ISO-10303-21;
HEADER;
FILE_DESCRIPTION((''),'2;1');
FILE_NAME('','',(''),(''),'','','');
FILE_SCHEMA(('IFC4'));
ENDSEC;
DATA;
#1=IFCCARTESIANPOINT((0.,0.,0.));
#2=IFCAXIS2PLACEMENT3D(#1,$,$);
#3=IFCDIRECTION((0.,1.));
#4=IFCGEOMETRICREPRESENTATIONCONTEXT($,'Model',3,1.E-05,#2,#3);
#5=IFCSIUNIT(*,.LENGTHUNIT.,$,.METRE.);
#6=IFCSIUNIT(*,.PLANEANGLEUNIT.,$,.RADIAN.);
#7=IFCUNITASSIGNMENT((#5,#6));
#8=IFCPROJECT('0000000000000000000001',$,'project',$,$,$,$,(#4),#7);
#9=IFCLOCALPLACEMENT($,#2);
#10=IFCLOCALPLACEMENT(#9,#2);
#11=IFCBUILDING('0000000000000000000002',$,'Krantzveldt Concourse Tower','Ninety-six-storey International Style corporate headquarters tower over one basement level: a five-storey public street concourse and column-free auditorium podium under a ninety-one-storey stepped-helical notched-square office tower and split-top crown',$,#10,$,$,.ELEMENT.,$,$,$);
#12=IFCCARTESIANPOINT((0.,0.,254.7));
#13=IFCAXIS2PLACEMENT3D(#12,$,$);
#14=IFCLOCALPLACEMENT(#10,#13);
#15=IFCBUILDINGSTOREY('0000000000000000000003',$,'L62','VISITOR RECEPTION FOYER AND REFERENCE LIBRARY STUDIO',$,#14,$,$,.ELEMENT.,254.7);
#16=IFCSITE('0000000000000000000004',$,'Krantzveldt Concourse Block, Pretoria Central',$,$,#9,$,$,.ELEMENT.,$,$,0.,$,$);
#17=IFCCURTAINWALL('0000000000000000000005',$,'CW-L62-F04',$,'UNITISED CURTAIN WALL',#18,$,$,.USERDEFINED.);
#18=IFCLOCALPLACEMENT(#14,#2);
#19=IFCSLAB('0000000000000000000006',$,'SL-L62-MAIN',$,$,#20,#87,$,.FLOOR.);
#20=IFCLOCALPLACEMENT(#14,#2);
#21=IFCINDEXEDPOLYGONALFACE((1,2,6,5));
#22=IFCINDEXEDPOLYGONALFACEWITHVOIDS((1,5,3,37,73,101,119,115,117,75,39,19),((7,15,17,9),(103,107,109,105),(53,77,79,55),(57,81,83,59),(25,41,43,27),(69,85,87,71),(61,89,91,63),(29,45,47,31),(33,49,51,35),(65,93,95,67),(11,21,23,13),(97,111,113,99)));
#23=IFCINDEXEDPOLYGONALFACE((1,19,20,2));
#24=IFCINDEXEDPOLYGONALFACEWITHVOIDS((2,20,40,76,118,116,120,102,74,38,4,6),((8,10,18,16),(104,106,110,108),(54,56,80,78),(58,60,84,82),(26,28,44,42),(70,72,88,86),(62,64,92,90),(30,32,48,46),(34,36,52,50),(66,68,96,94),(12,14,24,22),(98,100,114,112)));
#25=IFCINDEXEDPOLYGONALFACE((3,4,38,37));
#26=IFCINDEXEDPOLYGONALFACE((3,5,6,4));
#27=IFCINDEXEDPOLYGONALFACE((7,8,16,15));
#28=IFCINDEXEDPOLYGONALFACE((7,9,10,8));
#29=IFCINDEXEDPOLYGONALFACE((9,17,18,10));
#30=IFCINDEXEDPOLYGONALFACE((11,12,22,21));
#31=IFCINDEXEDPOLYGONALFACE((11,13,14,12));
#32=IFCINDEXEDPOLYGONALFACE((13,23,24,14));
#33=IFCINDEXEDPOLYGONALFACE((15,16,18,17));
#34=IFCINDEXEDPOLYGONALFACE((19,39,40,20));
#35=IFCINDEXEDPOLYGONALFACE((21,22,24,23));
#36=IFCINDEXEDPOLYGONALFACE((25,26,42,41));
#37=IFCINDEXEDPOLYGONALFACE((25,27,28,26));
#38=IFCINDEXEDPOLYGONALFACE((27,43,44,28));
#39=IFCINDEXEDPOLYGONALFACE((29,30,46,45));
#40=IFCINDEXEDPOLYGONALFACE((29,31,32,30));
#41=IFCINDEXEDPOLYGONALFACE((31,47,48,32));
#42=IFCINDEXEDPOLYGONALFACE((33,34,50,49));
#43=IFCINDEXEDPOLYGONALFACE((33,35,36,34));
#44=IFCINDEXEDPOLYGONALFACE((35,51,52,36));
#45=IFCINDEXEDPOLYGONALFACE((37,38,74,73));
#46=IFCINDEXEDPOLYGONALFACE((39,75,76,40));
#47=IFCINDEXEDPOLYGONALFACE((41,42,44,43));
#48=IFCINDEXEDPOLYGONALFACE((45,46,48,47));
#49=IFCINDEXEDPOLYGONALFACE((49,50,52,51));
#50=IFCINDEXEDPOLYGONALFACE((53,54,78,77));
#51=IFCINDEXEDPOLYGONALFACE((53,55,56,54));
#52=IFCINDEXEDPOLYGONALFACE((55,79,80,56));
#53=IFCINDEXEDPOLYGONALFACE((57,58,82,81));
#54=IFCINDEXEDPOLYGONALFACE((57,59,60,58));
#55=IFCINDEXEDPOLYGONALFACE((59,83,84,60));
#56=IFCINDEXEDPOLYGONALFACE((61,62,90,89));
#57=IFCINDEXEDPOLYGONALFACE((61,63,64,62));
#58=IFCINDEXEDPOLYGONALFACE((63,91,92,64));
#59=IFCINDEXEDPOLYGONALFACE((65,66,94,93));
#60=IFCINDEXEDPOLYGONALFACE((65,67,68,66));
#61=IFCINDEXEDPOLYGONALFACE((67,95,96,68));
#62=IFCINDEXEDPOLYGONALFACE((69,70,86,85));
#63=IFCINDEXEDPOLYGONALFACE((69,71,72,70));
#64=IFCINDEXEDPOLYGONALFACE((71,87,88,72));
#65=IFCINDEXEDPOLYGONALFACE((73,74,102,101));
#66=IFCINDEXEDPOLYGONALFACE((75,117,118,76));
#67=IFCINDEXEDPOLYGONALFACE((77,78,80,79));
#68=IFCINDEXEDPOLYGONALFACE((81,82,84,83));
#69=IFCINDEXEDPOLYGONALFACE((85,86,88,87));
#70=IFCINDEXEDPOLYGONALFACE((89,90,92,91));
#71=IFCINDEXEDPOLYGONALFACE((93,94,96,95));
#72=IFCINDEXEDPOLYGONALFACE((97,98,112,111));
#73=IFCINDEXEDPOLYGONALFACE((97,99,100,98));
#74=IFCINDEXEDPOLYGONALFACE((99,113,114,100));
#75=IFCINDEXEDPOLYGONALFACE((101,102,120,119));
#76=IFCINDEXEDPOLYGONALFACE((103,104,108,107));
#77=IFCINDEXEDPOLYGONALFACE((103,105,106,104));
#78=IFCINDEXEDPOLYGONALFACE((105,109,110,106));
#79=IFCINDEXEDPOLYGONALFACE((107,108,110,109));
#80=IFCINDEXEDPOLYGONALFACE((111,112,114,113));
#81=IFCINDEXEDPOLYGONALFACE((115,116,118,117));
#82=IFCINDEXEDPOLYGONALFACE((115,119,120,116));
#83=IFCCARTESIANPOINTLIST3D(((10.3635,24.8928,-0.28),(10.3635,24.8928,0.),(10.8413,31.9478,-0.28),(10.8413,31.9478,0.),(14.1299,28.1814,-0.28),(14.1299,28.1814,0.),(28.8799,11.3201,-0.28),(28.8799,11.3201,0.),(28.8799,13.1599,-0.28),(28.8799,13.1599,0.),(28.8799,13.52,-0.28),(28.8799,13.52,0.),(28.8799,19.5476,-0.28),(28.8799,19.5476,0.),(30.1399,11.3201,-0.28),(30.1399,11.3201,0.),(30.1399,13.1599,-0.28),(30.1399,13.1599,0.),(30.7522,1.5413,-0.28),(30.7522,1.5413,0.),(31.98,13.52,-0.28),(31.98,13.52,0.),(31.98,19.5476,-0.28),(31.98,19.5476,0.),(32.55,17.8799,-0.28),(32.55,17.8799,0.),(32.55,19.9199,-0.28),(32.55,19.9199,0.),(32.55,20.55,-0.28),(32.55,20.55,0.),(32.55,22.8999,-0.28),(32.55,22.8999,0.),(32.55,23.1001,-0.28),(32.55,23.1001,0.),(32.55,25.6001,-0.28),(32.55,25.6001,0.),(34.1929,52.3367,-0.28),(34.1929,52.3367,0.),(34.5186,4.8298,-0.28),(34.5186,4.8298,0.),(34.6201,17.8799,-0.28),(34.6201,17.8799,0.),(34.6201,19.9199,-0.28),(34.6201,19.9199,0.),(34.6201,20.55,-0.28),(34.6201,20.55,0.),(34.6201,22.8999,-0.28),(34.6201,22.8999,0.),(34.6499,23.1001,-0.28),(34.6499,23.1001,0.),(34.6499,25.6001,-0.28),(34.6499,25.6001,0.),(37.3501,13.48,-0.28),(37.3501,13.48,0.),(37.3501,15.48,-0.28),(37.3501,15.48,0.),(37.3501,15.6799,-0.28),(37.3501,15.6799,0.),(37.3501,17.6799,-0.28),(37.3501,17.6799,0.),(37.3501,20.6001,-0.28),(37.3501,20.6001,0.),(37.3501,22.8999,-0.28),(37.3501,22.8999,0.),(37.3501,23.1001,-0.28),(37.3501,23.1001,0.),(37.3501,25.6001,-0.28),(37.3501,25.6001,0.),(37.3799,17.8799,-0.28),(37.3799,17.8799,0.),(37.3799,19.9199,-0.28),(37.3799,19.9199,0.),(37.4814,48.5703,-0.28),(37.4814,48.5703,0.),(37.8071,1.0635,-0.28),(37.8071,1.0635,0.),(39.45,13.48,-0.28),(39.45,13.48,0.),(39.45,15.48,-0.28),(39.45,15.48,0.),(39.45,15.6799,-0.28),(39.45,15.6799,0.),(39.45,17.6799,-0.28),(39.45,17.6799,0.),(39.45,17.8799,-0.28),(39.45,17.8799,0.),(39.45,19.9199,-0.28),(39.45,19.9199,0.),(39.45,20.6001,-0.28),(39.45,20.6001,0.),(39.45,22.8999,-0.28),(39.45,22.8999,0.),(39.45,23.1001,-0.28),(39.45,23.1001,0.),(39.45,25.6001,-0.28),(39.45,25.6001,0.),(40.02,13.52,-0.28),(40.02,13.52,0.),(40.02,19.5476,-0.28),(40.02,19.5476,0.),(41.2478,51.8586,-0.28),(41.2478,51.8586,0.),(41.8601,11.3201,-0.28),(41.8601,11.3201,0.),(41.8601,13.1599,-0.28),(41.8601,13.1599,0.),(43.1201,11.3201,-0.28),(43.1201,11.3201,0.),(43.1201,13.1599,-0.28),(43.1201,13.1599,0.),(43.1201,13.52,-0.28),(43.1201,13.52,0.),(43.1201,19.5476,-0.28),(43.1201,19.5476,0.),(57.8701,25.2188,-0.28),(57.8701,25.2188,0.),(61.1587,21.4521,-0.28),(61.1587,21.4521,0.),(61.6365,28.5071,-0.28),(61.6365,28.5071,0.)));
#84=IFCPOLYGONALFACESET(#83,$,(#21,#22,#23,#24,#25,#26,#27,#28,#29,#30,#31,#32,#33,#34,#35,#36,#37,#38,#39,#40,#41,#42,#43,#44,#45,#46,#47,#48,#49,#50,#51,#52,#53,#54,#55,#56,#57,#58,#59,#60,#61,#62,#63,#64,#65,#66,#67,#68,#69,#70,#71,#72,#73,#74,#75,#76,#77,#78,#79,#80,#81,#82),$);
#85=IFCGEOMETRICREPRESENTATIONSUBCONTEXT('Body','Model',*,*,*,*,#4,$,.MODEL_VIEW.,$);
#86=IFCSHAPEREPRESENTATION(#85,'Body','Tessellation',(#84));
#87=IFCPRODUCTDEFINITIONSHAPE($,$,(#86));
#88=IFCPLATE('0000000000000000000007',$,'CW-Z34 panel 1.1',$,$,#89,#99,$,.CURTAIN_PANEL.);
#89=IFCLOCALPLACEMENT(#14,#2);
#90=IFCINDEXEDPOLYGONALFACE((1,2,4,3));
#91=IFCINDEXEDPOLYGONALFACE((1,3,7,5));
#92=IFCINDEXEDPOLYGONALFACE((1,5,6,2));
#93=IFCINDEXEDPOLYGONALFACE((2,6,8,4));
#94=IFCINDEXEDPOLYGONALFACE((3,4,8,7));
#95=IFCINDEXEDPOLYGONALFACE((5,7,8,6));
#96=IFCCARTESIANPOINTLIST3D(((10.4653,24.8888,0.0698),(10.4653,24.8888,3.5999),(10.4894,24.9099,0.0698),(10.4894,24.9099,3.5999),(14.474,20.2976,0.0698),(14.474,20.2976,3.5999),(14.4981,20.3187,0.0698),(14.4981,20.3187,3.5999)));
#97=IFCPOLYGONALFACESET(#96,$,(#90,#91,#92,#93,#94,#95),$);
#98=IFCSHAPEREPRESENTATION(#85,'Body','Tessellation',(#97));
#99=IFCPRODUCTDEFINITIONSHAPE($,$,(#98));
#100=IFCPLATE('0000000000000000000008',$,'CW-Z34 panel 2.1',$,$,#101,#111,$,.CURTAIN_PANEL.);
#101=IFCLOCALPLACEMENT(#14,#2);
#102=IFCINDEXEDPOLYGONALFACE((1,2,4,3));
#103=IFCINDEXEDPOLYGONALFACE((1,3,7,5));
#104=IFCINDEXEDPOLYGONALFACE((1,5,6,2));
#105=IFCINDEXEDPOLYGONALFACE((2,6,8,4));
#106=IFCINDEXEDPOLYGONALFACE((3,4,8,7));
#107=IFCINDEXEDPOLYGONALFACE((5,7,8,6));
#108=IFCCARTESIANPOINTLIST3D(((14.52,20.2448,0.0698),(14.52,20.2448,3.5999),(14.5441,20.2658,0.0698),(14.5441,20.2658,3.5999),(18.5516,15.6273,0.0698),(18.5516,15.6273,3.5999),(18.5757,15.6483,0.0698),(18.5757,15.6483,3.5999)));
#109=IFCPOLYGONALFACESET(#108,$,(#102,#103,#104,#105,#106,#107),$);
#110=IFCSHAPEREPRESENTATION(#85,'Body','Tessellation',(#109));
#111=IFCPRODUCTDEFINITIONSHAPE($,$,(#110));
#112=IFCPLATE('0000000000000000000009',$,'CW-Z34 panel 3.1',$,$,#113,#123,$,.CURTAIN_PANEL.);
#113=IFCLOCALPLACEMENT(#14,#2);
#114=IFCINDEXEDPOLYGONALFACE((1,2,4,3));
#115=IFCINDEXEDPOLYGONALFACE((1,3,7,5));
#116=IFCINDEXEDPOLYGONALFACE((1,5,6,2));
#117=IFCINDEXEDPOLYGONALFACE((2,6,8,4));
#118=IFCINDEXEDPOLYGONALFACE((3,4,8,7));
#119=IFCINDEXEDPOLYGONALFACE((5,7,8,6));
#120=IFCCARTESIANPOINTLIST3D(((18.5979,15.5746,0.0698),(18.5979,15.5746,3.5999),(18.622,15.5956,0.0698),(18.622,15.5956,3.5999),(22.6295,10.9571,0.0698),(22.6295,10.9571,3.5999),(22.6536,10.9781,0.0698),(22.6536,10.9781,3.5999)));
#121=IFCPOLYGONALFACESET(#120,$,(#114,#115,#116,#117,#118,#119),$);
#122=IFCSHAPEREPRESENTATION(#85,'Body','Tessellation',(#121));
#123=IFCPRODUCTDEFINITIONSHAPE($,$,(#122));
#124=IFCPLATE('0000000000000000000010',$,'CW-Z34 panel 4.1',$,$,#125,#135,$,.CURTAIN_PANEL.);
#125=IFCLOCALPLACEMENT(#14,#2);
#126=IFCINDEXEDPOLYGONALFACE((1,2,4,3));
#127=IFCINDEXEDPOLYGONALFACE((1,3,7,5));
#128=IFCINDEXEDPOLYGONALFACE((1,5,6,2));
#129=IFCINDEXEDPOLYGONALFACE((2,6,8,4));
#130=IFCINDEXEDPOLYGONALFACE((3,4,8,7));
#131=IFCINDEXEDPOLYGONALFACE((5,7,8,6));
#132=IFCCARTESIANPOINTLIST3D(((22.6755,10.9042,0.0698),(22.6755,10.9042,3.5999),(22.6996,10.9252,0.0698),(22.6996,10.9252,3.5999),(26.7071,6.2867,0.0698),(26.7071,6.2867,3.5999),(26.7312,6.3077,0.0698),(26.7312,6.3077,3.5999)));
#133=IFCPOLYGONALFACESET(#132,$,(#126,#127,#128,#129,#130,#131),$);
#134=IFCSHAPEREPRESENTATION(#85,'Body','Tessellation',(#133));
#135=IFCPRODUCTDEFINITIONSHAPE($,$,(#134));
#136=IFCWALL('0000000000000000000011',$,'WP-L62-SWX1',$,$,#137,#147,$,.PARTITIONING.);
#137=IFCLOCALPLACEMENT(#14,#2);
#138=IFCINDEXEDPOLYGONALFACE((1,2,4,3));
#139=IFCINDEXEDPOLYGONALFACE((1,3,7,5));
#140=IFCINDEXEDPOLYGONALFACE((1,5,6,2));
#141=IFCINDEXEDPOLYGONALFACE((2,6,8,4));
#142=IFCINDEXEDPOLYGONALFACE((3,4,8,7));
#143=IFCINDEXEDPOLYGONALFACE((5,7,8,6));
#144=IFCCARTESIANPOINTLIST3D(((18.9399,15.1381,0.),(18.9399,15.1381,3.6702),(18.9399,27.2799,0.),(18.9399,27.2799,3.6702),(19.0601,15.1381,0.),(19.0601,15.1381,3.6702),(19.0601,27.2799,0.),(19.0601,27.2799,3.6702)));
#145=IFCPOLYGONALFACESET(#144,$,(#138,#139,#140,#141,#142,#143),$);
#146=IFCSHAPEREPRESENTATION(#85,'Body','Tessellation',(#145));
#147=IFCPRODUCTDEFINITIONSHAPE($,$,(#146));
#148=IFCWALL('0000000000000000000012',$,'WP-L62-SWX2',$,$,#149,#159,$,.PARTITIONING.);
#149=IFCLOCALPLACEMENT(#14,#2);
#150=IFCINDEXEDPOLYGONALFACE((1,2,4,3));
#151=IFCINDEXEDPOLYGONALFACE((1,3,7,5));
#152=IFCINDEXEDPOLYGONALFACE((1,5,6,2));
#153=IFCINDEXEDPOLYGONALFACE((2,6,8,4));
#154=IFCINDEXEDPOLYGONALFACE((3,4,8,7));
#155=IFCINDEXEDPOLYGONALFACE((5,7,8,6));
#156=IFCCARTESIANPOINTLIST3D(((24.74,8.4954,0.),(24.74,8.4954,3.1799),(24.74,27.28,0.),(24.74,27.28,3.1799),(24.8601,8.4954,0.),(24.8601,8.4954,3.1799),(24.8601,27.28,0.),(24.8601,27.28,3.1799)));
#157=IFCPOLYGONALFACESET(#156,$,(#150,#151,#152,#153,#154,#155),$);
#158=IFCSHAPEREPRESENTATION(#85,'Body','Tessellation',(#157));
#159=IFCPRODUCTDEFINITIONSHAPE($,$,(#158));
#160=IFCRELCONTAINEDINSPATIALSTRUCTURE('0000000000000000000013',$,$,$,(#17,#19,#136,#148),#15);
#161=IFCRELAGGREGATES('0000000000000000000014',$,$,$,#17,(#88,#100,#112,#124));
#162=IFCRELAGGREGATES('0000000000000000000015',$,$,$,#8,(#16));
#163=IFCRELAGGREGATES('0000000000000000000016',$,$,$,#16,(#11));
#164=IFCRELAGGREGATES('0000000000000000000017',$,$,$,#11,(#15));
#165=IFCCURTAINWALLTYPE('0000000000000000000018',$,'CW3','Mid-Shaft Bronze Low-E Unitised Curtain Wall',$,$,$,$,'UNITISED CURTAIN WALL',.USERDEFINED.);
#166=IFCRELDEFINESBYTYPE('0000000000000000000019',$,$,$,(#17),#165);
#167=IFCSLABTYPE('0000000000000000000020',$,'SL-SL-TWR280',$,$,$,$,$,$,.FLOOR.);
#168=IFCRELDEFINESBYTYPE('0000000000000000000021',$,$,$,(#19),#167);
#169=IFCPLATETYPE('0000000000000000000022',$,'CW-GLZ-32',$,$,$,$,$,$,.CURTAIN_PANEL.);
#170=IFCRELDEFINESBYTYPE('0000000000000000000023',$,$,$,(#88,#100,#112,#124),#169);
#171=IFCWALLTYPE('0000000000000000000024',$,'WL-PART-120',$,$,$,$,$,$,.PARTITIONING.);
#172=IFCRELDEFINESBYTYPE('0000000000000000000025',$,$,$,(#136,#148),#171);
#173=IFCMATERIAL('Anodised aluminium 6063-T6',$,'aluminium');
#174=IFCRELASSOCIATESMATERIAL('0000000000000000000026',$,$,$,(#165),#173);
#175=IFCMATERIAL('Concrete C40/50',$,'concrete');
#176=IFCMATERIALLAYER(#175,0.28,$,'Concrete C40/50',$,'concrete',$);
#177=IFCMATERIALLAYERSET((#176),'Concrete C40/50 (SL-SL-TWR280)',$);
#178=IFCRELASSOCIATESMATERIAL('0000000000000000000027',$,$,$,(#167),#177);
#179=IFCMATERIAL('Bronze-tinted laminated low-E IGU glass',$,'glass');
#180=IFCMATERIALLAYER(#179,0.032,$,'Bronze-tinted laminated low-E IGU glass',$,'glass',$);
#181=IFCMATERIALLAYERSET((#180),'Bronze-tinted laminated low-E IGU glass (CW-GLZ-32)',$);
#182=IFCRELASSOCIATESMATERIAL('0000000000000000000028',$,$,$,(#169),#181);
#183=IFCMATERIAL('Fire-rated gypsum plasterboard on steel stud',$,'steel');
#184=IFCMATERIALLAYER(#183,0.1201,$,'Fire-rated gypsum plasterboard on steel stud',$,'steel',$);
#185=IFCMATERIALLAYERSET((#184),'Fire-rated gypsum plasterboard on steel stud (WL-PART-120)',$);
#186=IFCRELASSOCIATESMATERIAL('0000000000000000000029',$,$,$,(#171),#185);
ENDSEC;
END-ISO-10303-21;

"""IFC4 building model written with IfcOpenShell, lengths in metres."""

from ifc_helpers import new_model, si_unit, direction, frame, frame_2d, origin, origin_2d, place, context, subcontext, project, spatial, polyline, rectangle, outline, extrude, source, transform, mapped, material, layer, layer_set, type_object, type_shapes, element, aggregate, save


model = new_model("IFC4")

# Units and contexts
model_context = context("Model", 3, precision=1e-05, world=origin(), true_north=direction((0.0, 1.0)))
body_context = subcontext(model_context, "Body", "Model", "MODEL_VIEW")
ifc_project = project(units=[si_unit("LENGTHUNIT", "METRE"), si_unit("PLANEANGLEUNIT", "RADIAN")], contexts=[model_context])

# Site, building, storey
site_placement = place(None, origin())
site = spatial("IfcSite", under=ifc_project, at=site_placement, Name="Krantzveldt Concourse Block, Pretoria Central", CompositionType="ELEMENT", RefElevation=0.0)
building_placement = place(site_placement, origin())
building = spatial("IfcBuilding", under=site, at=building_placement, Name="Krantzveldt Concourse Tower", Description="Ninety-six-storey International Style corporate headquarters tower over one basement level: a five-storey public street concourse and column-free auditorium podium under a ninety-one-storey stepped-helical notched-square office tower and split-top crown", CompositionType="ELEMENT")
storey_placement = place(building_placement, frame((0.0, 0.0, 254.7)))
storey = spatial("IfcBuildingStorey", under=building, at=storey_placement, Name="L62", Description="VISITOR RECEPTION FOYER AND REFERENCE LIBRARY STUDIO", CompositionType="ELEMENT", Elevation=254.7)

# Curtain wall
ifc_material_1 = material(Name="Anodised aluminium 6063-T6", Category="aluminium")
curtain_wall_type = type_object("IfcCurtainWallType", Name="CW3", Description="Mid-Shaft Bronze Low-E Unitised Curtain Wall", ElementType="UNITISED CURTAIN WALL", PredefinedType="USERDEFINED", material=ifc_material_1)
curtain_wall_placement = place(storey_placement, origin())
curtain_wall = element("IfcCurtainWall", 1, at=curtain_wall_placement, inside=storey, type_object=curtain_wall_type, Name="CW-L62-F04", ObjectType="UNITISED CURTAIN WALL", PredefinedType="USERDEFINED")

# Slab
ifc_material_2 = material(Name="Concrete C40/50", Category="concrete")
ifc_layer_1 = layer(ifc_material_2, 0.28, Name="Concrete C40/50", Category="concrete")
ifc_layer_set_1 = layer_set([ifc_layer_1], Name="Concrete C40/50 (SL-SL-TWR280)")
slab_type_1 = type_object("IfcSlabType", Name="SL-SL-TWR280", PredefinedType="FLOOR", material=ifc_layer_set_1)
slab_1_placement = place(storey_placement, frame((0.0, 0.0, -0.28)))
element("IfcSlab", 2, at=slab_1_placement, inside=storey, type_object=slab_type_1, Name="SL-L62-MAIN", PredefinedType="FLOOR", context=body_context, shape_type="SweptSolid", body=[
    extrude(outline(polyline([(37.4814, 48.5703), (34.1929, 52.3367), (10.8413, 31.9478), (14.1299, 28.1814), (10.3635, 24.8928), (30.7522, 1.5413), (34.5186, 4.8298), (37.8071, 1.0635), (61.1587, 21.4521), (57.8701, 25.2188), (61.6365, 28.5071), (41.2478, 51.8586), (37.4814, 48.5703)]), holes=[polyline([(28.8799, 19.5476), (28.8799, 13.52), (31.98, 13.52), (31.98, 19.5476), (28.8799, 19.5476)]), polyline([(40.02, 19.5476), (40.02, 13.52), (43.1201, 13.52), (43.1201, 19.5476), (40.02, 19.5476)]), polyline([(32.55, 23.1001), (34.6499, 23.1001), (34.6499, 25.6001), (32.55, 25.6001), (32.55, 23.1001)]), polyline([(37.3501, 23.1001), (39.45, 23.1001), (39.45, 25.6001), (37.3501, 25.6001), (37.3501, 23.1001)]), polyline([(37.3501, 20.6001), (39.45, 20.6001), (39.45, 22.8999), (37.3501, 22.8999), (37.3501, 20.6001)]), polyline([(37.3501, 13.48), (39.45, 13.48), (39.45, 15.48), (37.3501, 15.48), (37.3501, 13.48)]), polyline([(37.3501, 15.6799), (39.45, 15.6799), (39.45, 17.6799), (37.3501, 17.6799), (37.3501, 15.6799)]), polyline([(32.55, 20.55), (34.6201, 20.55), (34.6201, 22.8999), (32.55, 22.8999), (32.55, 20.55)]), polyline([(32.55, 17.8799), (34.6201, 17.8799), (34.6201, 19.9199), (32.55, 19.9199), (32.55, 17.8799)]), polyline([(37.3799, 17.8799), (39.45, 17.8799), (39.45, 19.9199), (37.3799, 19.9199), (37.3799, 17.8799)]), polyline([(28.8799, 11.3201), (30.1399, 11.3201), (30.1399, 13.1599), (28.8799, 13.1599), (28.8799, 11.3201)]), polyline([(41.8601, 11.3201), (43.1201, 11.3201), (43.1201, 13.1599), (41.8601, 13.1599), (41.8601, 11.3201)])]), origin(), (0.0, 0.0, 1.0), 0.28),
])

# Plates
ifc_material_3 = material(Name="Bronze-tinted laminated low-E IGU glass", Category="glass")
ifc_layer_2 = layer(ifc_material_3, 0.032, Name="Bronze-tinted laminated low-E IGU glass", Category="glass")
ifc_layer_set_2 = layer_set([ifc_layer_2], Name="Bronze-tinted laminated low-E IGU glass (CW-GLZ-32)")
plate_type = type_object("IfcPlateType", Name="CW-GLZ-32", PredefinedType="CURTAIN_PANEL", material=ifc_layer_set_2)
shared_shape_1 = source(origin(), body_context, "Body", "SweptSolid", [
    extrude(rectangle(XDim=6.095, YDim=0.032, at=origin_2d()), origin(), (0.0, 0.0, 1.0), 3.53),
])
plate_1_placement = place(storey_placement, frame((12.4817, 22.6038, 0.0698), z_axis=(0.0, 0.0, 1.0), x_axis=(0.657704, -0.753277, 0.0)))
plate_1 = element("IfcPlate", 3, at=plate_1_placement, type_object=plate_type, Name="CW-Z34 panel 1.1", PredefinedType="CURTAIN_PANEL", context=body_context, shape_type="MappedRepresentation", body=[
    mapped(shared_shape_1, transform((0.0, 0.0, 0.0), x_axis=(1.0, 0.0, 0.0), y_axis=(0.0, 1.0, 0.0), z_axis=(0.0, 0.0, 1.0), scale=1.0)),
])
shared_shape_2 = source(origin(), body_context, "Body", "SweptSolid", [
    extrude(rectangle(XDim=6.1299, YDim=0.032, at=origin_2d()), origin(), (0.0, 0.0, 1.0), 3.53),
])
type_shapes(plate_type, [shared_shape_1, shared_shape_2])
plate_2_placement = place(storey_placement, frame((16.5479, 17.9465, 0.0698), z_axis=(0.0, 0.0, 1.0), x_axis=(0.657704, -0.753277, 0.0)))
plate_2 = element("IfcPlate", 4, at=plate_2_placement, type_object=plate_type, Name="CW-Z34 panel 2.1", PredefinedType="CURTAIN_PANEL", context=body_context, shape_type="MappedRepresentation", body=[
    mapped(shared_shape_2, transform((0.0, 0.0, 0.0), x_axis=(1.0, 0.0, 0.0), y_axis=(0.0, 1.0, 0.0), z_axis=(0.0, 0.0, 1.0), scale=1.0)),
])
plate_3_placement = place(storey_placement, frame((20.6257, 13.2764, 0.0698), z_axis=(0.0, 0.0, 1.0), x_axis=(0.657704, -0.753277, 0.0)))
plate_3 = element("IfcPlate", 5, at=plate_3_placement, type_object=plate_type, Name="CW-Z34 panel 3.1", PredefinedType="CURTAIN_PANEL", context=body_context, shape_type="MappedRepresentation", body=[
    mapped(shared_shape_2, transform((0.0, 0.0, 0.0), x_axis=(1.0, 0.0, 0.0), y_axis=(0.0, 1.0, 0.0), z_axis=(0.0, 0.0, 1.0), scale=1.0)),
])
plate_4_placement = place(storey_placement, frame((24.7034, 8.606, 0.0698), z_axis=(0.0, 0.0, 1.0), x_axis=(0.657704, -0.753277, 0.0)))
plate_4 = element("IfcPlate", 6, at=plate_4_placement, type_object=plate_type, Name="CW-Z34 panel 4.1", PredefinedType="CURTAIN_PANEL", context=body_context, shape_type="MappedRepresentation", body=[
    mapped(shared_shape_2, transform((0.0, 0.0, 0.0), x_axis=(1.0, 0.0, 0.0), y_axis=(0.0, 1.0, 0.0), z_axis=(0.0, 0.0, 1.0), scale=1.0)),
])
aggregate(curtain_wall, [plate_1, plate_2, plate_3, plate_4])

# Walls
ifc_material_4 = material(Name="Fire-rated gypsum plasterboard on steel stud", Category="steel")
ifc_layer_3 = layer(ifc_material_4, 0.1201, Name="Fire-rated gypsum plasterboard on steel stud", Category="steel")
ifc_layer_set_3 = layer_set([ifc_layer_3], Name="Fire-rated gypsum plasterboard on steel stud (WL-PART-120)")
wall_type = type_object("IfcWallType", Name="WL-PART-120", PredefinedType="PARTITIONING", material=ifc_layer_set_3)
wall_1_placement = place(storey_placement, frame((19.0, 15.1382, 0.0), z_axis=(0.0, 0.0, 1.0), x_axis=(0.0, 1.0, 0.0)))
element("IfcWall", 7, at=wall_1_placement, inside=storey, type_object=wall_type, Name="WP-L62-SWX1", PredefinedType="PARTITIONING", context=body_context, shape_type="SweptSolid", body=[
    extrude(rectangle(XDim=12.1418, YDim=0.1201, at=frame_2d((6.0708, 0.0))), origin(), (0.0, 0.0, 1.0), 3.6702),
])
wall_2_placement = place(storey_placement, frame((24.8, 8.4954, 0.0), z_axis=(0.0, 0.0, 1.0), x_axis=(0.0, 1.0, 0.0)))
element("IfcWall", 8, at=wall_2_placement, inside=storey, type_object=wall_type, Name="WP-L62-SWX2", PredefinedType="PARTITIONING", context=body_context, shape_type="SweptSolid", body=[
    extrude(rectangle(XDim=18.7847, YDim=0.1201, at=frame_2d((9.3923, 0.0))), origin(), (0.0, 0.0, 1.0), 3.1799),
])

save(model, "model.ifc")
